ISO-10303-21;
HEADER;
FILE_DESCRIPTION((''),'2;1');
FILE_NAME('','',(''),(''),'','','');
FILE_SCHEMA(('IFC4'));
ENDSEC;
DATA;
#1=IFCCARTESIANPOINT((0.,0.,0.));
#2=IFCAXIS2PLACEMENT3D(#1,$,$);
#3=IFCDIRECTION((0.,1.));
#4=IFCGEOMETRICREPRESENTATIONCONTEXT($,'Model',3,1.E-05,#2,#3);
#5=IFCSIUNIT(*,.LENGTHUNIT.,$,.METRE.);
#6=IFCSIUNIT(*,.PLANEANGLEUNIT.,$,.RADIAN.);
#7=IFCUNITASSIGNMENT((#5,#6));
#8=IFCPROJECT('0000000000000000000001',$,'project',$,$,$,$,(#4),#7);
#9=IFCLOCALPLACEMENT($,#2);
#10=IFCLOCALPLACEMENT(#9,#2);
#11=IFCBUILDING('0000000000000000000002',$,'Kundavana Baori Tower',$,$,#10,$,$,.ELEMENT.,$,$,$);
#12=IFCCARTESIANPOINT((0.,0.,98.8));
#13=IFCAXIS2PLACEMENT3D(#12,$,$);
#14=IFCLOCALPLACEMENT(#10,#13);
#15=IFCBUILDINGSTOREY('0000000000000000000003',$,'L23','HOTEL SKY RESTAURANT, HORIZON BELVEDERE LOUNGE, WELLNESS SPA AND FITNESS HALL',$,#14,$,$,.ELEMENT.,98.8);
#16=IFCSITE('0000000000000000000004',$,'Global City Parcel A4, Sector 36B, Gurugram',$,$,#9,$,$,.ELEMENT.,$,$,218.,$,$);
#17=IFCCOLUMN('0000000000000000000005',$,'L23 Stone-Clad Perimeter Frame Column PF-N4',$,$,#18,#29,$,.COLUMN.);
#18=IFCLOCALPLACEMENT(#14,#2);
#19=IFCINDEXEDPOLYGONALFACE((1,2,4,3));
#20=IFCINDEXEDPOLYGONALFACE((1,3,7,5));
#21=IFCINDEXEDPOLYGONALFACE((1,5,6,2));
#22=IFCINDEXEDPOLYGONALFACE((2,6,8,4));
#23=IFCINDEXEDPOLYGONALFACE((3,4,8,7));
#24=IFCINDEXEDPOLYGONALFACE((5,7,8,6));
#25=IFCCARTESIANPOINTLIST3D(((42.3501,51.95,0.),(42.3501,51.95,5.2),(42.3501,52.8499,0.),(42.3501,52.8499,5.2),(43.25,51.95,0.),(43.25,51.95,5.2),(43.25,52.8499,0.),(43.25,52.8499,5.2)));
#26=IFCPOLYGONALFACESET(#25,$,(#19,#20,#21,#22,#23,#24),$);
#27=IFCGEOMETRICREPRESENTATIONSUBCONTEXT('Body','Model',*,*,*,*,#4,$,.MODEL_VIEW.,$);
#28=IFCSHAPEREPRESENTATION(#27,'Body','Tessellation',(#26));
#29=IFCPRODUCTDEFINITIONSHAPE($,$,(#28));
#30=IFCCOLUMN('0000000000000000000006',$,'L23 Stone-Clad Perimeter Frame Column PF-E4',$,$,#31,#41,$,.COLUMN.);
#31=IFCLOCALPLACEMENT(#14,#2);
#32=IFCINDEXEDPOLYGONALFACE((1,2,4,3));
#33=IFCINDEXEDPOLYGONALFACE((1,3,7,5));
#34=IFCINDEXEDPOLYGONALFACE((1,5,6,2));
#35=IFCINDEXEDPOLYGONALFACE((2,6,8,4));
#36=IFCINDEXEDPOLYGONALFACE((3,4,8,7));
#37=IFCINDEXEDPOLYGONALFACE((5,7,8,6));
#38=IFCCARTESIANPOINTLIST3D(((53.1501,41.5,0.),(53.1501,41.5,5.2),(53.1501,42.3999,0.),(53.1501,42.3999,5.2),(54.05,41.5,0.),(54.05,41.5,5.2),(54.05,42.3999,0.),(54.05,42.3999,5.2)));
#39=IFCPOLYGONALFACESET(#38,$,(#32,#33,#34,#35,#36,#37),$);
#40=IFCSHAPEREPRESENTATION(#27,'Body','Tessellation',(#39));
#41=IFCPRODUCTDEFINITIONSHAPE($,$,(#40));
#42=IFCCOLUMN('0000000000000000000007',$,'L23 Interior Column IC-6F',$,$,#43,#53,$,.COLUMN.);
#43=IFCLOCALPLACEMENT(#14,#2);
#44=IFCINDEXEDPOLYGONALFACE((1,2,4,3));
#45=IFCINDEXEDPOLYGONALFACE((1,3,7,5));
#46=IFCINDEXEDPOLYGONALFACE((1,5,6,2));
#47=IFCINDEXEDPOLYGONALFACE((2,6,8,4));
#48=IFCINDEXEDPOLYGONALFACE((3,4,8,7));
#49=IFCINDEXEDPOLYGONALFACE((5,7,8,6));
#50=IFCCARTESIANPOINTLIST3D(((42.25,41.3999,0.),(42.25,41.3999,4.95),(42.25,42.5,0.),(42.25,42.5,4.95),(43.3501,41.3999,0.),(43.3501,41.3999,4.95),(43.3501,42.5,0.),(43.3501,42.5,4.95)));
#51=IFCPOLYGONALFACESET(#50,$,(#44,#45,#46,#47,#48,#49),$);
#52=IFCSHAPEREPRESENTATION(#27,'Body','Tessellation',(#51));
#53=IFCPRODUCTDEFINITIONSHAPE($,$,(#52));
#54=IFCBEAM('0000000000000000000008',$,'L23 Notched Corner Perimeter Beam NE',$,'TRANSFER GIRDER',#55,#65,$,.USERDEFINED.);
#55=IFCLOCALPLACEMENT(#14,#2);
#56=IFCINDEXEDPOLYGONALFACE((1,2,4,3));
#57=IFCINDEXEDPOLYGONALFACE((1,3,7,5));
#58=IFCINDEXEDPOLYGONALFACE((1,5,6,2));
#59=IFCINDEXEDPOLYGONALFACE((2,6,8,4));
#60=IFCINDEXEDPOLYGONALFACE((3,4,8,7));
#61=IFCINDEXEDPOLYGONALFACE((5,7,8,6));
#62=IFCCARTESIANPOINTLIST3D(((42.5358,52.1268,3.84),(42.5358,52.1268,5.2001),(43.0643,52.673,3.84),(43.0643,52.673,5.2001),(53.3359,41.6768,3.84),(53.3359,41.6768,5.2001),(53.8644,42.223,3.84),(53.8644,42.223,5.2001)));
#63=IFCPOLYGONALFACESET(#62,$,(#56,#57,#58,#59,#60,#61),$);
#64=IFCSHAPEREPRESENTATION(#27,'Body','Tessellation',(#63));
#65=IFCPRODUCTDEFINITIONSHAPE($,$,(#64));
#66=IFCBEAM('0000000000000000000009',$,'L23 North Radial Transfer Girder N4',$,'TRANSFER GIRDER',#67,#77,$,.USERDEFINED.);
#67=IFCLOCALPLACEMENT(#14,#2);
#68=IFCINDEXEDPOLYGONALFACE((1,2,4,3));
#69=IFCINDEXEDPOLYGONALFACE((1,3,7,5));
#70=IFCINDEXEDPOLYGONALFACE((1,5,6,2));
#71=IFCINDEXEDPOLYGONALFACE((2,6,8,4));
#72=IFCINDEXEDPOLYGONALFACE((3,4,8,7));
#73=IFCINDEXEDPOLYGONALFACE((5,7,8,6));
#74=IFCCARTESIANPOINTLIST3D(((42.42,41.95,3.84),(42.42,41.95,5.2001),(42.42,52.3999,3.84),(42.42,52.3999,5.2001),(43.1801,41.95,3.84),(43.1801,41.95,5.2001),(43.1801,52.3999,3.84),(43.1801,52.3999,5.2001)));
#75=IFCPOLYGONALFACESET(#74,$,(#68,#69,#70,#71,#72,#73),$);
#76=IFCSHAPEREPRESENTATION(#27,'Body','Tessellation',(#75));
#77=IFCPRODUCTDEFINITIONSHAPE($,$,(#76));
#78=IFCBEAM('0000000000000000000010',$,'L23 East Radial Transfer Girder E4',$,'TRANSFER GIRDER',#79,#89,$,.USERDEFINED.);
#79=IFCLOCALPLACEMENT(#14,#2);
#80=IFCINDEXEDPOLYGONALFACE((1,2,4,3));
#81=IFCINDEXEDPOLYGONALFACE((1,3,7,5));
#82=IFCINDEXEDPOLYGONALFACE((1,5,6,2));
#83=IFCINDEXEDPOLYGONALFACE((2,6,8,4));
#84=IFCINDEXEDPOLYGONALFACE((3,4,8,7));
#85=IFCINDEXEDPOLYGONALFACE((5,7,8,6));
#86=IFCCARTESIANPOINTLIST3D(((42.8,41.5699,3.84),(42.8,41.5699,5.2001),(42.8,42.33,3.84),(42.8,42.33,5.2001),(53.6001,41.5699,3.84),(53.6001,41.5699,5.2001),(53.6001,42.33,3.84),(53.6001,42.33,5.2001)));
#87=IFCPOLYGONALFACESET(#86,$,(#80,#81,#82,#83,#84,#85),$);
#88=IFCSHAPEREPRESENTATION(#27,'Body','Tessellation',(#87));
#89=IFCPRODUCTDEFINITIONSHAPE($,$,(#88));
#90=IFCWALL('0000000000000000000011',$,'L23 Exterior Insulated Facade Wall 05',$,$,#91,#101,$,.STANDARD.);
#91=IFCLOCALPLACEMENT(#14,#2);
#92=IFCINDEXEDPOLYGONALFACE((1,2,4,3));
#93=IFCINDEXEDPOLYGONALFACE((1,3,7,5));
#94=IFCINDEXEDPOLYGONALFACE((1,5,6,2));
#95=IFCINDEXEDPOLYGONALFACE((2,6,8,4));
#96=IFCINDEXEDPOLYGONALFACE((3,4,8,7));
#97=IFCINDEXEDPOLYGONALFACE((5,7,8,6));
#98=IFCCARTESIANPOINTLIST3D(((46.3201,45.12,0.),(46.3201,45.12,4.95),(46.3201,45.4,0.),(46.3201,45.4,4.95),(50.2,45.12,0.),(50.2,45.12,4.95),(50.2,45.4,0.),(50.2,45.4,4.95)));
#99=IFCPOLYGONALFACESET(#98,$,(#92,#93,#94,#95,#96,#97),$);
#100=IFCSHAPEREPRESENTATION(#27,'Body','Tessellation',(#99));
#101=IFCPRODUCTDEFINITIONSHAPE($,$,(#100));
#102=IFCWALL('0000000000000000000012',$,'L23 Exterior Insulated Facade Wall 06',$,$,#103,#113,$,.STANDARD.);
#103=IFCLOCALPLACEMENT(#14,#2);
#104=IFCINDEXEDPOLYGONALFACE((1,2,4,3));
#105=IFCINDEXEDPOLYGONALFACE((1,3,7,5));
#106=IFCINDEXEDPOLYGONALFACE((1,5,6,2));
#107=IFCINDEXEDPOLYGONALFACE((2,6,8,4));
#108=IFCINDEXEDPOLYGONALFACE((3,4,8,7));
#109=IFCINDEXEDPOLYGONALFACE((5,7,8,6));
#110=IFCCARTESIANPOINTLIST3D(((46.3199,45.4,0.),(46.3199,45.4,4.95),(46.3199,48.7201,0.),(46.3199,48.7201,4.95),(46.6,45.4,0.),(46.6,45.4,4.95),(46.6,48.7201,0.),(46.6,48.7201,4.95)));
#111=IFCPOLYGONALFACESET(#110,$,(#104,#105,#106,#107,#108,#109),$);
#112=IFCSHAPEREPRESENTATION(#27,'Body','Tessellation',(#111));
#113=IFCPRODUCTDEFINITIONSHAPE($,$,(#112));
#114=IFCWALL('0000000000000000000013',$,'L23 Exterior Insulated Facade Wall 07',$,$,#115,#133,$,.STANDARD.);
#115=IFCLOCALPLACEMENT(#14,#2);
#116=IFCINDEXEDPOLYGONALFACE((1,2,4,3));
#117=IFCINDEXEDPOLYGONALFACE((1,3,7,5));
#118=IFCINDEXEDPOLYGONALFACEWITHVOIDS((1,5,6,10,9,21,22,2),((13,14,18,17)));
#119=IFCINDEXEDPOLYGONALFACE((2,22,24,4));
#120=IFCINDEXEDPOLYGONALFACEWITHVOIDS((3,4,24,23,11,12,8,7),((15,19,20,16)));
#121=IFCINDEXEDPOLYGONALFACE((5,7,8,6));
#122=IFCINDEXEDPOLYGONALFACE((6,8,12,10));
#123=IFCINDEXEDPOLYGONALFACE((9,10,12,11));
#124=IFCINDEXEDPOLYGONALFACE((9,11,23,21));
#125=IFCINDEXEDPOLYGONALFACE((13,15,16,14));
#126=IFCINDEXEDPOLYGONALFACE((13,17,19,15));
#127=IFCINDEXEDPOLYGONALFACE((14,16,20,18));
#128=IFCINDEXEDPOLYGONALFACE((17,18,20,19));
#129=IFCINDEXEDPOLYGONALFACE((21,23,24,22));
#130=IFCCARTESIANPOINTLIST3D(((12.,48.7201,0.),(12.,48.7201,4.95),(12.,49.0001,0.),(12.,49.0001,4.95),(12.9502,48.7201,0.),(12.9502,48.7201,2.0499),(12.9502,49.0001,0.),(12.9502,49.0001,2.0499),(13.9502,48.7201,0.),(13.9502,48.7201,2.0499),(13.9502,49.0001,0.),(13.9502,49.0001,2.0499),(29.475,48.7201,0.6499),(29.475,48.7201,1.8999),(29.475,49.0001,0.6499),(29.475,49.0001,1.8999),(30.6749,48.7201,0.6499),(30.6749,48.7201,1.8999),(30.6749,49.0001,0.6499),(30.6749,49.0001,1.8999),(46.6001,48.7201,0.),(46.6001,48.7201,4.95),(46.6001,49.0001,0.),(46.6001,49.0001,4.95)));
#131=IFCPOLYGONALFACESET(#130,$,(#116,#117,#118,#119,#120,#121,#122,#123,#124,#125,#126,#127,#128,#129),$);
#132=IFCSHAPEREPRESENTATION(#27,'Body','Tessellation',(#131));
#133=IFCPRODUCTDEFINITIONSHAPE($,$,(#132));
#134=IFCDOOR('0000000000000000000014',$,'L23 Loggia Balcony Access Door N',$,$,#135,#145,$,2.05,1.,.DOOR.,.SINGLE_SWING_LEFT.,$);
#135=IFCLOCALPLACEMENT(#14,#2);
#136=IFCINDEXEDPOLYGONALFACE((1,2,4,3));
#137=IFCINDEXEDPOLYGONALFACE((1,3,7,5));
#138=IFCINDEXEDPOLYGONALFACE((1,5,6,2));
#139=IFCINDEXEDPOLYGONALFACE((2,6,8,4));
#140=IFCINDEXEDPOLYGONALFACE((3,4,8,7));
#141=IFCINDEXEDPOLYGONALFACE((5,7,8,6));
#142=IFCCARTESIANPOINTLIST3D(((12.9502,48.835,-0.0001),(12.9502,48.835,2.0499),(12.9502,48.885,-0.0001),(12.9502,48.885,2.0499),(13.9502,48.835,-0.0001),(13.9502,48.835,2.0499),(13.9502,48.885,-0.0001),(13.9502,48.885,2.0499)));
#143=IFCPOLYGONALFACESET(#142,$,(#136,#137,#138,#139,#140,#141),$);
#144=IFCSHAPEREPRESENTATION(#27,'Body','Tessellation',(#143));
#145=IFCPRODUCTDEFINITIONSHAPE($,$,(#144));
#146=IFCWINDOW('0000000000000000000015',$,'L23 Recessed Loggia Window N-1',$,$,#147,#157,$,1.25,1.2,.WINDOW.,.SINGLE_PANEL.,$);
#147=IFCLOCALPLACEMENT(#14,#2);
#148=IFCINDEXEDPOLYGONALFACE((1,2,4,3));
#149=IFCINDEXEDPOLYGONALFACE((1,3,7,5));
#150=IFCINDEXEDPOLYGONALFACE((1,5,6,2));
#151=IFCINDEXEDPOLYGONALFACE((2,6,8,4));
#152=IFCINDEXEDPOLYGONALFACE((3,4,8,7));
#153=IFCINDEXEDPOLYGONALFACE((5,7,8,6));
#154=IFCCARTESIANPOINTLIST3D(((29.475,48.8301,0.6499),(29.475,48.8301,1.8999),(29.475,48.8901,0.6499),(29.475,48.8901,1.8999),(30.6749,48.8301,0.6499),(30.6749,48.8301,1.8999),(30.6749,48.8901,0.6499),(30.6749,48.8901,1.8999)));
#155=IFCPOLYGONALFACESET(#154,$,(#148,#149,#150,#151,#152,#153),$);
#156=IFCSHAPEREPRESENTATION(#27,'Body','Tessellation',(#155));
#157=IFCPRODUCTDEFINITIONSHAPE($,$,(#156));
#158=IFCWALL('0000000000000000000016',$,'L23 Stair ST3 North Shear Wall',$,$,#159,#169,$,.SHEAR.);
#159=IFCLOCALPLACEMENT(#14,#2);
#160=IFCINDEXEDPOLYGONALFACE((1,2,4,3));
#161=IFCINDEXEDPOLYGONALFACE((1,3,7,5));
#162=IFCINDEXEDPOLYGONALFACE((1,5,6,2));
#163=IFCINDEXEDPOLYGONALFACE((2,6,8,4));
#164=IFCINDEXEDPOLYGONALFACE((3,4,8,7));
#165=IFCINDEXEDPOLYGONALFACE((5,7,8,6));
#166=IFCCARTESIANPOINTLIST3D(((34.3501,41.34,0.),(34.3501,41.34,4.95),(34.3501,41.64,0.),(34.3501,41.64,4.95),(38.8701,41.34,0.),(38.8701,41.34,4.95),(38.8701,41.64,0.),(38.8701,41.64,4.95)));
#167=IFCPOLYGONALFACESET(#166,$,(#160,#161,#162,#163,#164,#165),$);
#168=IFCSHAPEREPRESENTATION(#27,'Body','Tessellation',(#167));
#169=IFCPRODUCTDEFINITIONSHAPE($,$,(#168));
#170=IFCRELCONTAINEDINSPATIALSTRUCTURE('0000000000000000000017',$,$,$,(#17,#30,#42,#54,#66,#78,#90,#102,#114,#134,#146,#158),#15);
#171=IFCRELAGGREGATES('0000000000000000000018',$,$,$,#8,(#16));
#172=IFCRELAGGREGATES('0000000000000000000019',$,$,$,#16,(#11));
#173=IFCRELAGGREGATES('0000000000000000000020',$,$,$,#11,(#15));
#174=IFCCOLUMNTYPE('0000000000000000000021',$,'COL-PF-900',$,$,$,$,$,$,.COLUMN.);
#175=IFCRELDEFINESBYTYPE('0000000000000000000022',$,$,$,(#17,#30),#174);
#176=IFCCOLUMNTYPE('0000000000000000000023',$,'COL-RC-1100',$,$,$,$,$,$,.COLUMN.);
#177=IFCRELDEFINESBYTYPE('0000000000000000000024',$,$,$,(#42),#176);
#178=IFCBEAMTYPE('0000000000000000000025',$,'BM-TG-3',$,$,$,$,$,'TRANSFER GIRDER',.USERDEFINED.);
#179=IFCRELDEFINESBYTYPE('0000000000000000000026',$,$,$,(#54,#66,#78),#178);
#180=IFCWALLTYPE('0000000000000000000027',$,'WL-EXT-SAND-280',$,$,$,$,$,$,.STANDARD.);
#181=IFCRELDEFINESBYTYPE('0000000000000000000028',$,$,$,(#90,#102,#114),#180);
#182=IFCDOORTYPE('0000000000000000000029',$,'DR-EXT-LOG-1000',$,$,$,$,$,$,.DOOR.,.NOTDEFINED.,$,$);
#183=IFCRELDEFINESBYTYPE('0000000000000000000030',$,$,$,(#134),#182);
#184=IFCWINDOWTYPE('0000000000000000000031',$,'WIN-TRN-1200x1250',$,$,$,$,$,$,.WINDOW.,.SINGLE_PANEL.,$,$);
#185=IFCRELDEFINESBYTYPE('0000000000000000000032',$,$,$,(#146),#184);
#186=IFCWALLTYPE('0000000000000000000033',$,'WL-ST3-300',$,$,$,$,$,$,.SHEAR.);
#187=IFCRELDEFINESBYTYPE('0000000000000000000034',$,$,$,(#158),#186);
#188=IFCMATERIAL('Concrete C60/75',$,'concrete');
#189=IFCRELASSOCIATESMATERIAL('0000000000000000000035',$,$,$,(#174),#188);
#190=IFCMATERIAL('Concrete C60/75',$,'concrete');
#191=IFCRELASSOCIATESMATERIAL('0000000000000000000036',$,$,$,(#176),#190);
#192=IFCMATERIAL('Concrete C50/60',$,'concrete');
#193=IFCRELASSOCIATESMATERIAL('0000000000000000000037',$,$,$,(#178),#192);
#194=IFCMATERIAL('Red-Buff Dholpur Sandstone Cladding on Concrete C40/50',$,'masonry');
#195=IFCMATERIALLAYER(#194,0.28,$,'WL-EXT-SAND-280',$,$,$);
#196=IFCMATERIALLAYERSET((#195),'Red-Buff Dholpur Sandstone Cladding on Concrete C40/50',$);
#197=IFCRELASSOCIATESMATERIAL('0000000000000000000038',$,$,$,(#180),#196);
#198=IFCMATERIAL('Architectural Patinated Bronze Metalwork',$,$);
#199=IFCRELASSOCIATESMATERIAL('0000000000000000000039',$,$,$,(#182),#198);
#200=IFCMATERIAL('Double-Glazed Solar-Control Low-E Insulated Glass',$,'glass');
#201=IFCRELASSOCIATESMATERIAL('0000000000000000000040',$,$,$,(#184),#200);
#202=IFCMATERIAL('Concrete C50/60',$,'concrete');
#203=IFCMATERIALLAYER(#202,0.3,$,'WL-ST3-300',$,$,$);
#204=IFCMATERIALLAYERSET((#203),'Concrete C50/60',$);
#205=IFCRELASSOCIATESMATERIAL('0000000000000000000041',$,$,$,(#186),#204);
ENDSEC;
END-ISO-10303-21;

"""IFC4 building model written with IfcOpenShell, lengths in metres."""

from ifc_helpers import new_model, si_unit, direction, frame, frame_2d, origin, origin_2d, place, context, subcontext, project, spatial, rectangle, extrude, material, layer, layer_set, material_profile, profile_set, type_object, element, fill, save


model = new_model("IFC4")

# Units and contexts
model_context = context("Model", 3, precision=1e-05, world=origin(), true_north=direction((0.0, 1.0)))
body_context = subcontext(model_context, "Body", "Model", "MODEL_VIEW")
ifc_project = project(units=[si_unit("LENGTHUNIT", "METRE"), si_unit("PLANEANGLEUNIT", "RADIAN")], contexts=[model_context])

# Site, building, storey
site_placement = place(None, origin())
site = spatial("IfcSite", under=ifc_project, at=site_placement, Name="Global City Parcel A4, Sector 36B, Gurugram", CompositionType="ELEMENT", RefElevation=218.0)
building_placement = place(site_placement, origin())
building = spatial("IfcBuilding", under=site, at=building_placement, Name="Kundavana Baori Tower", CompositionType="ELEMENT")
storey_placement = place(building_placement, frame((0.0, 0.0, 98.8)))
storey = spatial("IfcBuildingStorey", under=building, at=storey_placement, Name="L23", Description="HOTEL SKY RESTAURANT, HORIZON BELVEDERE LOUNGE, WELLNESS SPA AND FITNESS HALL", CompositionType="ELEMENT", Elevation=98.8)

# Columns
ifc_material_1 = material(Name="Concrete C60/75", Category="concrete")
ifc_material_profile_1 = material_profile(ifc_material_1, rectangle(XDim=0.8999, YDim=0.8999, at=origin_2d()), Name="RC PF 900x900")
ifc_profile_set_1 = profile_set([ifc_material_profile_1], Name="Concrete C60/75")
column_type_1 = type_object("IfcColumnType", Name="COL-PF-900", PredefinedType="COLUMN", material=ifc_profile_set_1)
for number, where, z_axis, x_axis, name in (
    (1, (42.8, 52.3999, 0.0), (0.0, 0.0, 1.0), (1.0, 0.0, 0.0), "L23 Stone-Clad Perimeter Frame Column PF-N4"),
    (2, (53.6001, 41.95, 0.0), (0.0, 0.0, 1.0), (1.0, 0.0, 0.0), "L23 Stone-Clad Perimeter Frame Column PF-E4"),
):
    element("IfcColumn", number, at=place(storey_placement, frame(where, z_axis=z_axis, x_axis=x_axis)), inside=storey, type_object=column_type_1, Name=name, PredefinedType="COLUMN", context=body_context, shape_type="SweptSolid", body=[
        extrude(rectangle(XDim=0.8999, YDim=0.8999, at=origin_2d()), origin(), (0.0, 0.0, 1.0), 5.2),
    ])
ifc_material_2 = material(Name="Concrete C60/75", Category="concrete")
ifc_material_profile_2 = material_profile(ifc_material_2, rectangle(XDim=1.1001, YDim=1.1001, at=origin_2d()), Name="RC 1100x1100")
ifc_profile_set_2 = profile_set([ifc_material_profile_2], Name="Concrete C60/75")
column_type_2 = type_object("IfcColumnType", Name="COL-RC-1100", PredefinedType="COLUMN", material=ifc_profile_set_2)
column_placement = place(storey_placement, frame((42.8, 41.95, 0.0), z_axis=(0.0, 0.0, 1.0), x_axis=(1.0, 0.0, 0.0)))
element("IfcColumn", 3, at=column_placement, inside=storey, type_object=column_type_2, Name="L23 Interior Column IC-6F", PredefinedType="COLUMN", context=body_context, shape_type="SweptSolid", body=[
    extrude(rectangle(XDim=1.1001, YDim=1.1001, at=origin_2d()), origin(), (0.0, 0.0, 1.0), 4.95),
])

# Beams
ifc_material_3 = material(Name="Concrete C50/60", Category="concrete")
ifc_material_profile_3 = material_profile(ifc_material_3, rectangle(XDim=0.76, YDim=1.3601, at=origin_2d()), Name="BM-TG-3")
ifc_profile_set_3 = profile_set([ifc_material_profile_3], Name="Concrete C50/60")
beam_type = type_object("IfcBeamType", Name="BM-TG-3", ElementType="TRANSFER GIRDER", PredefinedType="USERDEFINED", material=ifc_profile_set_3)
beam_1_placement = place(storey_placement, frame((42.8, 52.3999, 4.52), z_axis=(0.718659, -0.695363, 0.0), x_axis=(0.695363, 0.718659, 0.0)))
element("IfcBeam", 4, at=beam_1_placement, inside=storey, type_object=beam_type, Name="L23 Notched Corner Perimeter Beam NE", ObjectType="TRANSFER GIRDER", PredefinedType="USERDEFINED", context=body_context, shape_type="SweptSolid", body=[
    extrude(rectangle(XDim=0.76, YDim=1.3601, at=origin_2d()), origin(), (0.0, 0.0, 1.0), 15.0281),
])
beam_2_placement = place(storey_placement, frame((42.8, 41.95, 4.52), z_axis=(0.0, 1.0, 0.0), x_axis=(-1.0, 0.0, 0.0)))
element("IfcBeam", 5, at=beam_2_placement, inside=storey, type_object=beam_type, Name="L23 North Radial Transfer Girder N4", ObjectType="TRANSFER GIRDER", PredefinedType="USERDEFINED", context=body_context, shape_type="SweptSolid", body=[
    extrude(rectangle(XDim=0.76, YDim=1.3601, at=origin_2d()), origin(), (0.0, 0.0, 1.0), 10.45),
])
beam_3_placement = place(storey_placement, frame((42.8, 41.95, 4.52), z_axis=(1.0, 0.0, 0.0), x_axis=(0.0, 1.0, 0.0)))
element("IfcBeam", 6, at=beam_3_placement, inside=storey, type_object=beam_type, Name="L23 East Radial Transfer Girder E4", ObjectType="TRANSFER GIRDER", PredefinedType="USERDEFINED", context=body_context, shape_type="SweptSolid", body=[
    extrude(rectangle(XDim=0.76, YDim=1.3601, at=origin_2d()), origin(), (0.0, 0.0, 1.0), 10.8),
])

# Walls
ifc_material_4 = material(Name="Red-Buff Dholpur Sandstone Cladding on Concrete C40/50", Category="masonry")
ifc_layer_1 = layer(ifc_material_4, 0.28, Name="WL-EXT-SAND-280")
ifc_layer_set_1 = layer_set([ifc_layer_1], Name="Red-Buff Dholpur Sandstone Cladding on Concrete C40/50")
wall_type_1 = type_object("IfcWallType", Name="WL-EXT-SAND-280", PredefinedType="STANDARD", material=ifc_layer_set_1)
wall_1_placement = place(storey_placement, frame((50.2, 45.26, 0.0), z_axis=(0.0, 0.0, 1.0), x_axis=(-1.0, 0.0, 0.0)))
element("IfcWall", 7, at=wall_1_placement, inside=storey, type_object=wall_type_1, Name="L23 Exterior Insulated Facade Wall 05", PredefinedType="STANDARD", context=body_context, shape_type="SweptSolid", body=[
    extrude(rectangle(XDim=3.8799, YDim=0.28, at=frame_2d((1.9399, 0.0))), origin(), (0.0, 0.0, 1.0), 4.95),
])
wall_2_placement = place(storey_placement, frame((46.46, 45.3999, 0.0), z_axis=(0.0, 0.0, 1.0), x_axis=(0.0, 1.0, 0.0)))
element("IfcWall", 8, at=wall_2_placement, inside=storey, type_object=wall_type_1, Name="L23 Exterior Insulated Facade Wall 06", PredefinedType="STANDARD", context=body_context, shape_type="SweptSolid", body=[
    extrude(rectangle(XDim=3.3201, YDim=0.28, at=frame_2d((1.6602, 0.0))), origin(), (0.0, 0.0, 1.0), 4.95),
])

# Wall, openings, door, window
wall_3_placement = place(storey_placement, frame((46.6001, 48.8601, 0.0), z_axis=(0.0, 0.0, 1.0), x_axis=(-1.0, 0.0, 0.0)))
wall_3 = element("IfcWall", 9, at=wall_3_placement, inside=storey, type_object=wall_type_1, Name="L23 Exterior Insulated Facade Wall 07", PredefinedType="STANDARD", context=body_context, shape_type="SweptSolid", body=[
    extrude(rectangle(XDim=34.6001, YDim=0.28, at=frame_2d((17.3, 0.0))), origin(), (0.0, 0.0, 1.0), 4.95),
])
opening_1_placement = place(wall_3_placement, frame((32.6499, 0.0, 0.0)))
opening_1 = element("IfcOpeningElement", 10, at=opening_1_placement, cuts=wall_3, PredefinedType="OPENING", context=body_context, shape_type="SweptSolid", body=[
    extrude(rectangle(XDim=1.0, YDim=2.05, at=frame_2d((0.5, 1.0249))), frame((0.0, 0.1499, 0.0), z_axis=(0.0, -1.0, 0.0), x_axis=(1.0, 0.0, 0.0)), (0.0, 0.0, 1.0), 0.3),
])
opening_2_placement = place(wall_3_placement, frame((15.925, 0.0, 0.6499)))
opening_2 = element("IfcOpeningElement", 11, at=opening_2_placement, cuts=wall_3, PredefinedType="OPENING", context=body_context, shape_type="SweptSolid", body=[
    extrude(rectangle(XDim=1.2, YDim=1.25, at=frame_2d((0.6001, 0.625))), frame((0.0, 0.1499, 0.0), z_axis=(0.0, -1.0, 0.0), x_axis=(1.0, 0.0, 0.0)), (0.0, 0.0, 1.0), 0.3),
])
ifc_material_5 = material(Name="Architectural Patinated Bronze Metalwork")
door_type = type_object("IfcDoorType", Name="DR-EXT-LOG-1000", OperationType="NOTDEFINED", PredefinedType="DOOR", material=ifc_material_5)
door_placement = place(opening_1_placement, frame((1.0, 0.0, 0.0), z_axis=(0.0, 0.0, 1.0), x_axis=(-1.0, 0.0, 0.0)))
door = element("IfcDoor", 12, at=door_placement, inside=storey, type_object=door_type, Name="L23 Loggia Balcony Access Door N", OperationType="SINGLE_SWING_LEFT", OverallHeight=2.05, OverallWidth=1.0, PredefinedType="DOOR", context=body_context, shape_type="SweptSolid", body=[
    extrude(rectangle(XDim=1.0, YDim=2.05, at=frame_2d((0.5, 1.0249))), frame((0.0, 0.0249, 0.0), z_axis=(0.0, -1.0, 0.0), x_axis=(1.0, 0.0, 0.0)), (0.0, 0.0, 1.0), 0.05),
])
fill(opening_1, door)
ifc_material_6 = material(Name="Double-Glazed Solar-Control Low-E Insulated Glass", Category="glass")
window_type = type_object("IfcWindowType", Name="WIN-TRN-1200x1250", PartitioningType="SINGLE_PANEL", PredefinedType="WINDOW", material=ifc_material_6)
window_placement = place(opening_2_placement, origin())
window = element("IfcWindow", 13, at=window_placement, inside=storey, type_object=window_type, Name="L23 Recessed Loggia Window N-1", OverallHeight=1.25, OverallWidth=1.2, PartitioningType="SINGLE_PANEL", PredefinedType="WINDOW", context=body_context, shape_type="SweptSolid", body=[
    extrude(rectangle(XDim=1.2, YDim=1.25, at=frame_2d((0.6001, 0.625))), frame((0.0, 0.03, 0.0), z_axis=(0.0, -1.0, 0.0), x_axis=(1.0, 0.0, 0.0)), (0.0, 0.0, 1.0), 0.0601),
])
fill(opening_2, window)

# Wall
ifc_material_7 = material(Name="Concrete C50/60", Category="concrete")
ifc_layer_2 = layer(ifc_material_7, 0.3, Name="WL-ST3-300")
ifc_layer_set_2 = layer_set([ifc_layer_2], Name="Concrete C50/60")
wall_type_2 = type_object("IfcWallType", Name="WL-ST3-300", PredefinedType="SHEAR", material=ifc_layer_set_2)
wall_4_placement = place(storey_placement, frame((34.3501, 41.49, 0.0), z_axis=(0.0, 0.0, 1.0), x_axis=(1.0, 0.0, 0.0)))
element("IfcWall", 14, at=wall_4_placement, inside=storey, type_object=wall_type_2, Name="L23 Stair ST3 North Shear Wall", PredefinedType="SHEAR", context=body_context, shape_type="SweptSolid", body=[
    extrude(rectangle(XDim=4.52, YDim=0.3, at=frame_2d((2.26, 0.0))), origin(), (0.0, 0.0, 1.0), 4.95),
])

save(model, "model.ifc")
